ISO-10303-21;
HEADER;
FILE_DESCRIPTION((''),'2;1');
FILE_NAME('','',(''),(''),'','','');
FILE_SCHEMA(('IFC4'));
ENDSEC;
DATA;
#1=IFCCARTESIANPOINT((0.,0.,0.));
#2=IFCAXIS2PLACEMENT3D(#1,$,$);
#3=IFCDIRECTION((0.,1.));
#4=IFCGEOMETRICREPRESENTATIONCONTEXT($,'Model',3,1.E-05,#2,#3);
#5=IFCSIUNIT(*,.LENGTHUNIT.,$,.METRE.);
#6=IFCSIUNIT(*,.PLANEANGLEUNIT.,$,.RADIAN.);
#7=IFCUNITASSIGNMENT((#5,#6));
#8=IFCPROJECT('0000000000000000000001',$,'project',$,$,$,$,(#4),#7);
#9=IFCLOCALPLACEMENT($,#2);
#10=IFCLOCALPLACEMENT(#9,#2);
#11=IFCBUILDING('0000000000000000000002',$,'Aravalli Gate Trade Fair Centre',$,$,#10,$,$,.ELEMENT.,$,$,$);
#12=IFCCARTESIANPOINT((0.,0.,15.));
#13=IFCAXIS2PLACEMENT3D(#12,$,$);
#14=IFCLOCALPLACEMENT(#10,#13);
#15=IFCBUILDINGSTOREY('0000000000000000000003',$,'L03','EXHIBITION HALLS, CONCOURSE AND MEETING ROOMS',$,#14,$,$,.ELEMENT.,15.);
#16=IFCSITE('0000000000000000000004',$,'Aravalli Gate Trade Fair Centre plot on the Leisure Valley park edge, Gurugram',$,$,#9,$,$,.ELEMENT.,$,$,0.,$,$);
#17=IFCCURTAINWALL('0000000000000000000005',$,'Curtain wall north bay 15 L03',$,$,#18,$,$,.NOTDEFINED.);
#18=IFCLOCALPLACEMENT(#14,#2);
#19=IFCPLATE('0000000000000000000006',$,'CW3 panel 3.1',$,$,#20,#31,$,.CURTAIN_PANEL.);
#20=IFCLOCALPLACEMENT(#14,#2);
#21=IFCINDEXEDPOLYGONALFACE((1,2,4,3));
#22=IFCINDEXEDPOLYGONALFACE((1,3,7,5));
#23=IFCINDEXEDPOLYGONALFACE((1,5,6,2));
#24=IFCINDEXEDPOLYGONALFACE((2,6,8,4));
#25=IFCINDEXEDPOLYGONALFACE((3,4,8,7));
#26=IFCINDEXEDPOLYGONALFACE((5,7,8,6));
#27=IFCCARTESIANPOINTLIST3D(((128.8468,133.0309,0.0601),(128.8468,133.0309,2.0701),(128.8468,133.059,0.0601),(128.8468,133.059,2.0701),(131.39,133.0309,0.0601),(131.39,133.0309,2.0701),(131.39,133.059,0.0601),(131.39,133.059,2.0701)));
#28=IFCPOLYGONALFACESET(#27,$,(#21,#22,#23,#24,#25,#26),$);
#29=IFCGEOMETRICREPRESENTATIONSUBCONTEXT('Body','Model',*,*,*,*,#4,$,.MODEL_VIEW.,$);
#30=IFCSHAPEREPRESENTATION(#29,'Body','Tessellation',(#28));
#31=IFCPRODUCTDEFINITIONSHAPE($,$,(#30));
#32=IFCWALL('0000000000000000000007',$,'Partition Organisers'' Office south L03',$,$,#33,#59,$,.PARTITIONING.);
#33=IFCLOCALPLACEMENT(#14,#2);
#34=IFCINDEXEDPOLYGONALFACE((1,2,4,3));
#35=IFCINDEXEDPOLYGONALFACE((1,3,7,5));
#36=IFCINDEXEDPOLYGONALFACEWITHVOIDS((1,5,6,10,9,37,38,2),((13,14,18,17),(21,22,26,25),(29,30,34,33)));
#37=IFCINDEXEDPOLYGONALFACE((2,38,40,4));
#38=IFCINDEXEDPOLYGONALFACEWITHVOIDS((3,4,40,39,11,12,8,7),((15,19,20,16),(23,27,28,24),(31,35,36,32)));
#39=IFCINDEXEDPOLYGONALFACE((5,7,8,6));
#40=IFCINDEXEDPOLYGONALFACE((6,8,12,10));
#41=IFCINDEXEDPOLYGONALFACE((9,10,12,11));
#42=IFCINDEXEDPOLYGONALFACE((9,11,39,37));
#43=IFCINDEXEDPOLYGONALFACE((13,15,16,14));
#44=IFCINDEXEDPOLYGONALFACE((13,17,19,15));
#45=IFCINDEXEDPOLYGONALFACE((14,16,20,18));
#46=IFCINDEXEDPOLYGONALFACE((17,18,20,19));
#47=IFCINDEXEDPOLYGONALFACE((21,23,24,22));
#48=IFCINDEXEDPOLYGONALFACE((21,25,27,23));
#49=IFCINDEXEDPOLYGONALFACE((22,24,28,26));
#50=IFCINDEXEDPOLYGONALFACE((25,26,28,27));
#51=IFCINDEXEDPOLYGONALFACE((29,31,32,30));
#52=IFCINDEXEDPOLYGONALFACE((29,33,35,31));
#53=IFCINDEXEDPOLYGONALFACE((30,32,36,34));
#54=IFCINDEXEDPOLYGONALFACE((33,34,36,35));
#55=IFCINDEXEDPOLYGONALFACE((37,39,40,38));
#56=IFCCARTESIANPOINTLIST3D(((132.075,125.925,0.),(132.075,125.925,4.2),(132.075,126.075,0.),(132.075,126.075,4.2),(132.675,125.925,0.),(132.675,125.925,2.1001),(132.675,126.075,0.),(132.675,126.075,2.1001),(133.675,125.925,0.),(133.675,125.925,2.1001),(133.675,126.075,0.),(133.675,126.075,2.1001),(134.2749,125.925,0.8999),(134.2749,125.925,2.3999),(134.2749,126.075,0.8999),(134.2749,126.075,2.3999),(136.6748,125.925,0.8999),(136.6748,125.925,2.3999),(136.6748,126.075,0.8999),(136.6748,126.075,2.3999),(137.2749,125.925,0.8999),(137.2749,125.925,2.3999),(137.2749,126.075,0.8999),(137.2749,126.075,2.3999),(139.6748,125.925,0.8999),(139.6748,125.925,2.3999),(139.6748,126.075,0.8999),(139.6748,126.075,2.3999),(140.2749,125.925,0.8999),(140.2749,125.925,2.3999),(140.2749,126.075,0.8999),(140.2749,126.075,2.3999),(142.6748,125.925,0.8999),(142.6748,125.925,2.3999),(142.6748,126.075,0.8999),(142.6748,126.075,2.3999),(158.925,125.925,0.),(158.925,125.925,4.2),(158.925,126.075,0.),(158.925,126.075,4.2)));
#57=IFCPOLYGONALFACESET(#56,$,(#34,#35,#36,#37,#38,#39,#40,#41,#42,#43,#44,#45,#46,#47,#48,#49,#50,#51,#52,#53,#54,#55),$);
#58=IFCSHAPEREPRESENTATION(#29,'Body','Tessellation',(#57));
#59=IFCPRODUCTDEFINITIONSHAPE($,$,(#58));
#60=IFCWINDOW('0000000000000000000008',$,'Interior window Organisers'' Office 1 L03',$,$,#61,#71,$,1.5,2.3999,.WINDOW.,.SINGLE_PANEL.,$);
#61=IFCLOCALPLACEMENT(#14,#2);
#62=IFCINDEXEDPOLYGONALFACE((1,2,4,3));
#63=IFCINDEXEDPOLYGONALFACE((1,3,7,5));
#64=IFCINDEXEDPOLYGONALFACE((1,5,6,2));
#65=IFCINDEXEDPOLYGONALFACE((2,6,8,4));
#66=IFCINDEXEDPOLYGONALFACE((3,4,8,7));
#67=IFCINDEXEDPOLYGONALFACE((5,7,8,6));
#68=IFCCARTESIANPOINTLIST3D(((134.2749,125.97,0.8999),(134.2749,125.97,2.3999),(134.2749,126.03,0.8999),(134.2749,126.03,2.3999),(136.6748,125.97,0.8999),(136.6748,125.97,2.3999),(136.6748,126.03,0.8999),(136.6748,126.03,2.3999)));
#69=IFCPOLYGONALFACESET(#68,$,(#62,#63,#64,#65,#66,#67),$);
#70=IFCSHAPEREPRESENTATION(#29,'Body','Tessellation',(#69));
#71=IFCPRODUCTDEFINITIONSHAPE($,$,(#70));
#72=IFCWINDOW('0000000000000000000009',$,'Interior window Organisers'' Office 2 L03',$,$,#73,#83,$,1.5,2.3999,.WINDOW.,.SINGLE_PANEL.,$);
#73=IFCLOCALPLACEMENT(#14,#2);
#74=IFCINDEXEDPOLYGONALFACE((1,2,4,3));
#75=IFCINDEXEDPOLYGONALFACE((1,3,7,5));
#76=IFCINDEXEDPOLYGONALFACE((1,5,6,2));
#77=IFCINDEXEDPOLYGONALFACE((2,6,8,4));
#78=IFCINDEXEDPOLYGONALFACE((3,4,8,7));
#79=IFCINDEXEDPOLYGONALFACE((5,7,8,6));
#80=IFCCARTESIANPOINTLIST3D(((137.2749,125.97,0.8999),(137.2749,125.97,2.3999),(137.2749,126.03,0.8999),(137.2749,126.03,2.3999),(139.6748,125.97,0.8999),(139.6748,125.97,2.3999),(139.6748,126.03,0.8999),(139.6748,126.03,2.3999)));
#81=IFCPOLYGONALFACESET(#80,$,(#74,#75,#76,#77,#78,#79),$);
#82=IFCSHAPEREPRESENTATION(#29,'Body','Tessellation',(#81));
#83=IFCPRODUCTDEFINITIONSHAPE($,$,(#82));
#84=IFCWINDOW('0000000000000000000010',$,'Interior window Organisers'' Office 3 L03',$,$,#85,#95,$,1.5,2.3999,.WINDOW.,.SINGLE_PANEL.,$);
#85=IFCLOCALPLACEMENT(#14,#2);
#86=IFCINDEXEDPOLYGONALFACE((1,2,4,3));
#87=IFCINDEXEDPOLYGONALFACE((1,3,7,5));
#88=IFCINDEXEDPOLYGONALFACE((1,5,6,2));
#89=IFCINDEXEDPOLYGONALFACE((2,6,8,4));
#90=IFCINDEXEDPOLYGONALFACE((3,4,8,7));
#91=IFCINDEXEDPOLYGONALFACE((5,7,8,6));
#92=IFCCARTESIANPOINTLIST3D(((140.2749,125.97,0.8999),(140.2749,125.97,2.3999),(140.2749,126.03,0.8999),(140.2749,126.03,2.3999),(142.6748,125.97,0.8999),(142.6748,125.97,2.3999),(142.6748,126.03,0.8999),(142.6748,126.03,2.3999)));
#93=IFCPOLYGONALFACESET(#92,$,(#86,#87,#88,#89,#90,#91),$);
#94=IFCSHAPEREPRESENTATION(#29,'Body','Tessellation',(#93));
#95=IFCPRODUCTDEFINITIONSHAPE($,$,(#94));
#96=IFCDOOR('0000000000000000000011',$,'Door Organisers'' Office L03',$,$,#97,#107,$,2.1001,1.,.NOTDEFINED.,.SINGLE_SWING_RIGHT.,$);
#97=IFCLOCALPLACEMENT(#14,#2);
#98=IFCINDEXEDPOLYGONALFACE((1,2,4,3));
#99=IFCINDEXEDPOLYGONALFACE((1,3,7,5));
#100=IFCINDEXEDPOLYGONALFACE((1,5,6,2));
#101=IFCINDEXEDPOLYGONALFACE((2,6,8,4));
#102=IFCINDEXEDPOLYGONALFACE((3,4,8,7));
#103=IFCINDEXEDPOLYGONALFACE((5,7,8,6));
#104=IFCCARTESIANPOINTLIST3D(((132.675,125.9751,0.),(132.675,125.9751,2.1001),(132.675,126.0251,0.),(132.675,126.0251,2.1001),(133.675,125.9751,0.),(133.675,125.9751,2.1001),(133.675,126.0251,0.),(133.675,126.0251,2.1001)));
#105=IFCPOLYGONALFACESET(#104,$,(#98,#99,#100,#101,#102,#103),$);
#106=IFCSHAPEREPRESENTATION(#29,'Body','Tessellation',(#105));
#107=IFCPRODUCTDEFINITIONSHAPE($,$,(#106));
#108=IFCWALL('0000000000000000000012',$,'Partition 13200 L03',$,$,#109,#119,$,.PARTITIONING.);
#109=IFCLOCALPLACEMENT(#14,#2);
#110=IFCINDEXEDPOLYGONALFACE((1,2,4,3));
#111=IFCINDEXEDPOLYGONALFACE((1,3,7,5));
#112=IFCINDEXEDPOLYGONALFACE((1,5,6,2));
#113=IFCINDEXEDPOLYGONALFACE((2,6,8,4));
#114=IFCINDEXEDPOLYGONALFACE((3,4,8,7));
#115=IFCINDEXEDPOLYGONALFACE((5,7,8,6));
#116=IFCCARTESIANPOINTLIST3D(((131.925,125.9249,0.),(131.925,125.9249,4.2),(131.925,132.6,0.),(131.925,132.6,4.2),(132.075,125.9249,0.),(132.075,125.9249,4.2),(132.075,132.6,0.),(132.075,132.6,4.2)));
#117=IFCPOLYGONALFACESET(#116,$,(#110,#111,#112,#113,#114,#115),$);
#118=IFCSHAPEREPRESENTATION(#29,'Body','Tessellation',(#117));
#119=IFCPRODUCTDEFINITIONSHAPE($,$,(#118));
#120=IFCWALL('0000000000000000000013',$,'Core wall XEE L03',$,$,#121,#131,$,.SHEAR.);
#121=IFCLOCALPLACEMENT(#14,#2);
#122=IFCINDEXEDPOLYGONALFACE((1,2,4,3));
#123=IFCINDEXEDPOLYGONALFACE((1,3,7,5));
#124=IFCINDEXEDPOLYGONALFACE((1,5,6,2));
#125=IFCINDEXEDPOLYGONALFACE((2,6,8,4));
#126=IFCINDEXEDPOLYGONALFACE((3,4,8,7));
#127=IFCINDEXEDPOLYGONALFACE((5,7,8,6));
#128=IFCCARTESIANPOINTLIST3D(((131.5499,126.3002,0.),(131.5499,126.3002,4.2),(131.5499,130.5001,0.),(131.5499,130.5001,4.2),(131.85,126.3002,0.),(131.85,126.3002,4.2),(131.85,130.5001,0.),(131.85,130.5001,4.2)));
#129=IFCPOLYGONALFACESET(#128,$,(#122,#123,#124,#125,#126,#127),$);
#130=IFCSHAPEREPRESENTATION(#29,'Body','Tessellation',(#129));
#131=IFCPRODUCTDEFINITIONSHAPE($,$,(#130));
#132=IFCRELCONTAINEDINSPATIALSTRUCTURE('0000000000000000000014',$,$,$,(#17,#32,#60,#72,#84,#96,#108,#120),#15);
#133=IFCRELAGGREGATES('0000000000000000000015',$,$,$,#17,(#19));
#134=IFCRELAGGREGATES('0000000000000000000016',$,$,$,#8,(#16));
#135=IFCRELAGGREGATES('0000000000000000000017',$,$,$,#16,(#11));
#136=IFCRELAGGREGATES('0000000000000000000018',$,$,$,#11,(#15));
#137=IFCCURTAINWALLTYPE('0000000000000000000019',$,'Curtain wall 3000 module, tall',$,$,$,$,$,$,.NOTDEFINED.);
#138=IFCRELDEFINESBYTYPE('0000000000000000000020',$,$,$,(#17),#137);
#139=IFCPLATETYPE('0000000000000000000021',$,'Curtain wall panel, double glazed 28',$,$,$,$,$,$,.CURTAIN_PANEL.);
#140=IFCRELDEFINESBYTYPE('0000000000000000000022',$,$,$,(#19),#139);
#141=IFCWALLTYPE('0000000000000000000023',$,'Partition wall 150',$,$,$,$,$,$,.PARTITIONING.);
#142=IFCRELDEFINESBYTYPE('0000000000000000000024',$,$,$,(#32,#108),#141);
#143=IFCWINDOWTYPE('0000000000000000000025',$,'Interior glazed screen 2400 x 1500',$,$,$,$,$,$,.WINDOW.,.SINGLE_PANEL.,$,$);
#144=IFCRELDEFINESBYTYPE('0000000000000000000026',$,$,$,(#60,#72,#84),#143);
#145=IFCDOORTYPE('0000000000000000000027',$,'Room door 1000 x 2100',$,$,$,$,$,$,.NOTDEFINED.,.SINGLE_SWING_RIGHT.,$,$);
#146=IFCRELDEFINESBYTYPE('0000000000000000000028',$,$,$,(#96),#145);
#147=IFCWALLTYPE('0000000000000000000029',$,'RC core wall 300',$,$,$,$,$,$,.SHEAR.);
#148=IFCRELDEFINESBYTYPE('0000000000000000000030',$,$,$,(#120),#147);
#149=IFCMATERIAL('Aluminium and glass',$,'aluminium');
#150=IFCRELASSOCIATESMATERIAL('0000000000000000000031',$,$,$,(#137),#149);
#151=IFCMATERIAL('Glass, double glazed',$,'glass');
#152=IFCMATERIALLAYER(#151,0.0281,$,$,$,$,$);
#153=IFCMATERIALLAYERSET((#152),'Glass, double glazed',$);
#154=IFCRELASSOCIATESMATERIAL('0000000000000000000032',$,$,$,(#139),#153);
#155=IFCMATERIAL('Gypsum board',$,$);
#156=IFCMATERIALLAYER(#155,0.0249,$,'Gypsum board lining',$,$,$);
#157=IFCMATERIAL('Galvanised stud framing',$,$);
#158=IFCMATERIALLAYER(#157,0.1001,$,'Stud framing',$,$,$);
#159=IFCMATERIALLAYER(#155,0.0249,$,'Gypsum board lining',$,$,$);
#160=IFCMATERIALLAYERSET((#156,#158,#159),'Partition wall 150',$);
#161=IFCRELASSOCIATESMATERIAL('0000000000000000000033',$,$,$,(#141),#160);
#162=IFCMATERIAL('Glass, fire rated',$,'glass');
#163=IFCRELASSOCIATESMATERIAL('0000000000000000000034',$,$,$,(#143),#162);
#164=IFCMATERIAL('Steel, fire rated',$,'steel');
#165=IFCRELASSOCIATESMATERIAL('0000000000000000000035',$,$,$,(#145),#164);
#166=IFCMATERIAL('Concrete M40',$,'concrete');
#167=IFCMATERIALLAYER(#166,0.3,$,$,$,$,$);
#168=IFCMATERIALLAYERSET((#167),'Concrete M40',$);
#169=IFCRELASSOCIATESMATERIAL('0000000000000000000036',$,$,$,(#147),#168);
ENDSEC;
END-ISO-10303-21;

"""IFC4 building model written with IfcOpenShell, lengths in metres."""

from ifc_helpers import new_model, si_unit, direction, frame, frame_2d, origin, origin_2d, place, context, subcontext, project, spatial, rectangle, extrude, material, layer, layer_set, type_object, element, fill, aggregate, save


model = new_model("IFC4")

# Units and contexts
model_context = context("Model", 3, precision=1e-05, world=origin(), true_north=direction((0.0, 1.0)))
body_context = subcontext(model_context, "Body", "Model", "MODEL_VIEW")
ifc_project = project(units=[si_unit("LENGTHUNIT", "METRE"), si_unit("PLANEANGLEUNIT", "RADIAN")], contexts=[model_context])

# Site, building, storey
site_placement = place(None, origin())
site = spatial("IfcSite", under=ifc_project, at=site_placement, Name="Aravalli Gate Trade Fair Centre plot on the Leisure Valley park edge, Gurugram", CompositionType="ELEMENT", RefElevation=0.0)
building_placement = place(site_placement, origin())
building = spatial("IfcBuilding", under=site, at=building_placement, Name="Aravalli Gate Trade Fair Centre", CompositionType="ELEMENT")
storey_placement = place(building_placement, frame((0.0, 0.0, 15.0)))
storey = spatial("IfcBuildingStorey", under=building, at=storey_placement, Name="L03", Description="EXHIBITION HALLS, CONCOURSE AND MEETING ROOMS", CompositionType="ELEMENT", Elevation=15.0)

# Curtain wall, plate
ifc_material_1 = material(Name="Aluminium and glass", Category="aluminium")
curtain_wall_type = type_object("IfcCurtainWallType", Name="Curtain wall 3000 module, tall", PredefinedType="NOTDEFINED", material=ifc_material_1)
curtain_wall_placement = place(storey_placement, origin())
curtain_wall = element("IfcCurtainWall", 1, at=curtain_wall_placement, inside=storey, type_object=curtain_wall_type, Name="Curtain wall north bay 15 L03", PredefinedType="NOTDEFINED")
ifc_material_2 = material(Name="Glass, double glazed", Category="glass")
ifc_layer_1 = layer(ifc_material_2, 0.0281)
ifc_layer_set_1 = layer_set([ifc_layer_1], Name="Glass, double glazed")
plate_type = type_object("IfcPlateType", Name="Curtain wall panel, double glazed 28", PredefinedType="CURTAIN_PANEL", material=ifc_layer_set_1)
plate_1_placement = place(storey_placement, frame((130.1184, 133.0449, 0.0601), z_axis=(0.0, 0.0, 1.0), x_axis=(1.0, 0.0, 0.0)))
plate_1 = element("IfcPlate", 2, at=plate_1_placement, type_object=plate_type, Name="CW3 panel 3.1", PredefinedType="CURTAIN_PANEL", context=body_context, shape_type="SweptSolid", body=[
    extrude(rectangle(XDim=2.5432, YDim=0.0281, at=origin_2d()), origin(), (0.0, 0.0, 1.0), 2.01),
])
aggregate(curtain_wall, [plate_1])

# Wall, openings, windows, door
ifc_material_3 = material(Name="Gypsum board")
ifc_layer_2 = layer(ifc_material_3, 0.0249, Name="Gypsum board lining")
ifc_material_4 = material(Name="Galvanised stud framing")
ifc_layer_3 = layer(ifc_material_4, 0.1001, Name="Stud framing")
ifc_layer_4 = layer(ifc_material_3, 0.0249, Name="Gypsum board lining")
ifc_layer_set_2 = layer_set([ifc_layer_2, ifc_layer_3, ifc_layer_4], Name="Partition wall 150")
wall_type_1 = type_object("IfcWallType", Name="Partition wall 150", PredefinedType="PARTITIONING", material=ifc_layer_set_2)
wall_1_placement = place(storey_placement, frame((132.075, 126.0, 0.0), z_axis=(0.0, 0.0, 1.0), x_axis=(1.0, 0.0, 0.0)))
wall_1 = element("IfcWall", 3, at=wall_1_placement, inside=storey, type_object=wall_type_1, Name="Partition Organisers' Office south L03", PredefinedType="PARTITIONING", context=body_context, shape_type="SweptSolid", body=[
    extrude(rectangle(XDim=26.8501, YDim=0.1499, at=frame_2d((13.425, 0.0))), origin(), (0.0, 0.0, 1.0), 4.2),
])
opening_1_placement = place(wall_1_placement, frame((0.6001, 0.0, 0.0)))
opening_1 = element("IfcOpeningElement", 4, at=opening_1_placement, cuts=wall_1, PredefinedType="OPENING", context=body_context, shape_type="SweptSolid", body=[
    extrude(rectangle(XDim=1.0, YDim=2.1001, at=frame_2d((0.5, 1.05))), frame((0.0, 0.085, 0.0), z_axis=(0.0, -1.0, 0.0), x_axis=(1.0, 0.0, 0.0)), (0.0, 0.0, 1.0), 0.1699),
])
opening_2_placement = place(wall_1_placement, frame((2.2, 0.0, 0.8999)))
opening_2 = element("IfcOpeningElement", 5, at=opening_2_placement, cuts=wall_1, PredefinedType="OPENING", context=body_context, shape_type="SweptSolid", body=[
    extrude(rectangle(XDim=2.3999, YDim=1.5, at=frame_2d((1.2, 0.75))), frame((0.0, 0.085, 0.0), z_axis=(0.0, -1.0, 0.0), x_axis=(1.0, 0.0, 0.0)), (0.0, 0.0, 1.0), 0.1699),
])
opening_3_placement = place(wall_1_placement, frame((5.2, 0.0, 0.8999)))
opening_3 = element("IfcOpeningElement", 6, at=opening_3_placement, cuts=wall_1, PredefinedType="OPENING", context=body_context, shape_type="SweptSolid", body=[
    extrude(rectangle(XDim=2.3999, YDim=1.5, at=frame_2d((1.2, 0.75))), frame((0.0, 0.085, 0.0), z_axis=(0.0, -1.0, 0.0), x_axis=(1.0, 0.0, 0.0)), (0.0, 0.0, 1.0), 0.1699),
])
opening_4_placement = place(wall_1_placement, frame((8.2, 0.0, 0.8999)))
opening_4 = element("IfcOpeningElement", 7, at=opening_4_placement, cuts=wall_1, PredefinedType="OPENING", context=body_context, shape_type="SweptSolid", body=[
    extrude(rectangle(XDim=2.3999, YDim=1.5, at=frame_2d((1.2, 0.75))), frame((0.0, 0.085, 0.0), z_axis=(0.0, -1.0, 0.0), x_axis=(1.0, 0.0, 0.0)), (0.0, 0.0, 1.0), 0.1699),
])
ifc_material_5 = material(Name="Glass, fire rated", Category="glass")
window_type = type_object("IfcWindowType", Name="Interior glazed screen 2400 x 1500", PartitioningType="SINGLE_PANEL", PredefinedType="WINDOW", material=ifc_material_5)
window_1_placement = place(opening_2_placement, origin())
window_1 = element("IfcWindow", 8, at=window_1_placement, inside=storey, type_object=window_type, Name="Interior window Organisers' Office 1 L03", OverallHeight=1.5, OverallWidth=2.3999, PartitioningType="SINGLE_PANEL", PredefinedType="WINDOW", context=body_context, shape_type="SweptSolid", body=[
    extrude(rectangle(XDim=2.3999, YDim=1.5, at=frame_2d((1.2, 0.75))), frame((0.0, 0.03, 0.0), z_axis=(0.0, -1.0, 0.0), x_axis=(1.0, 0.0, 0.0)), (0.0, 0.0, 1.0), 0.0601),
])
fill(opening_2, window_1)
window_2_placement = place(opening_3_placement, origin())
window_2 = element("IfcWindow", 9, at=window_2_placement, inside=storey, type_object=window_type, Name="Interior window Organisers' Office 2 L03", OverallHeight=1.5, OverallWidth=2.3999, PartitioningType="SINGLE_PANEL", PredefinedType="WINDOW", context=body_context, shape_type="SweptSolid", body=[
    extrude(rectangle(XDim=2.3999, YDim=1.5, at=frame_2d((1.2, 0.75))), frame((0.0, 0.03, 0.0), z_axis=(0.0, -1.0, 0.0), x_axis=(1.0, 0.0, 0.0)), (0.0, 0.0, 1.0), 0.0601),
])
fill(opening_3, window_2)
window_3_placement = place(opening_4_placement, origin())
window_3 = element("IfcWindow", 10, at=window_3_placement, inside=storey, type_object=window_type, Name="Interior window Organisers' Office 3 L03", OverallHeight=1.5, OverallWidth=2.3999, PartitioningType="SINGLE_PANEL", PredefinedType="WINDOW", context=body_context, shape_type="SweptSolid", body=[
    extrude(rectangle(XDim=2.3999, YDim=1.5, at=frame_2d((1.2, 0.75))), frame((0.0, 0.03, 0.0), z_axis=(0.0, -1.0, 0.0), x_axis=(1.0, 0.0, 0.0)), (0.0, 0.0, 1.0), 0.0601),
])
fill(opening_4, window_3)
ifc_material_6 = material(Name="Steel, fire rated", Category="steel")
door_type = type_object("IfcDoorType", Name="Room door 1000 x 2100", OperationType="SINGLE_SWING_RIGHT", PredefinedType="NOTDEFINED", material=ifc_material_6)
door_placement = place(opening_1_placement, frame((1.0, 0.0, 0.0), z_axis=(0.0, 0.0, 1.0), x_axis=(-1.0, 0.0, 0.0)))
door = element("IfcDoor", 11, at=door_placement, inside=storey, type_object=door_type, Name="Door Organisers' Office L03", OperationType="SINGLE_SWING_RIGHT", OverallHeight=2.1001, OverallWidth=1.0, PredefinedType="NOTDEFINED", context=body_context, shape_type="SweptSolid", body=[
    extrude(rectangle(XDim=1.0, YDim=2.1001, at=frame_2d((0.5, 1.05))), frame((0.0, 0.0249, 0.0), z_axis=(0.0, -1.0, 0.0), x_axis=(1.0, 0.0, 0.0)), (0.0, 0.0, 1.0), 0.05),
])
fill(opening_1, door)

# Walls
wall_2_placement = place(storey_placement, frame((132.0, 125.925, 0.0), z_axis=(0.0, 0.0, 1.0), x_axis=(0.0, 1.0, 0.0)))
element("IfcWall", 12, at=wall_2_placement, inside=storey, type_object=wall_type_1, Name="Partition 13200 L03", PredefinedType="PARTITIONING", context=body_context, shape_type="SweptSolid", body=[
    extrude(rectangle(XDim=6.675, YDim=0.1499, at=frame_2d((3.3374, 0.0))), origin(), (0.0, 0.0, 1.0), 4.2),
])
ifc_material_7 = material(Name="Concrete M40", Category="concrete")
ifc_layer_5 = layer(ifc_material_7, 0.3)
ifc_layer_set_3 = layer_set([ifc_layer_5], Name="Concrete M40")
wall_type_2 = type_object("IfcWallType", Name="RC core wall 300", PredefinedType="SHEAR", material=ifc_layer_set_3)
wall_3_placement = place(storey_placement, frame((131.7, 126.3, 0.0), z_axis=(0.0, 0.0, 1.0), x_axis=(0.0, 1.0, 0.0)))
element("IfcWall", 13, at=wall_3_placement, inside=storey, type_object=wall_type_2, Name="Core wall XEE L03", PredefinedType="SHEAR", context=body_context, shape_type="SweptSolid", body=[
    extrude(rectangle(XDim=4.2, YDim=0.3, at=frame_2d((2.1001, 0.0))), origin(), (0.0, 0.0, 1.0), 4.2),
])

save(model, "model.ifc")
